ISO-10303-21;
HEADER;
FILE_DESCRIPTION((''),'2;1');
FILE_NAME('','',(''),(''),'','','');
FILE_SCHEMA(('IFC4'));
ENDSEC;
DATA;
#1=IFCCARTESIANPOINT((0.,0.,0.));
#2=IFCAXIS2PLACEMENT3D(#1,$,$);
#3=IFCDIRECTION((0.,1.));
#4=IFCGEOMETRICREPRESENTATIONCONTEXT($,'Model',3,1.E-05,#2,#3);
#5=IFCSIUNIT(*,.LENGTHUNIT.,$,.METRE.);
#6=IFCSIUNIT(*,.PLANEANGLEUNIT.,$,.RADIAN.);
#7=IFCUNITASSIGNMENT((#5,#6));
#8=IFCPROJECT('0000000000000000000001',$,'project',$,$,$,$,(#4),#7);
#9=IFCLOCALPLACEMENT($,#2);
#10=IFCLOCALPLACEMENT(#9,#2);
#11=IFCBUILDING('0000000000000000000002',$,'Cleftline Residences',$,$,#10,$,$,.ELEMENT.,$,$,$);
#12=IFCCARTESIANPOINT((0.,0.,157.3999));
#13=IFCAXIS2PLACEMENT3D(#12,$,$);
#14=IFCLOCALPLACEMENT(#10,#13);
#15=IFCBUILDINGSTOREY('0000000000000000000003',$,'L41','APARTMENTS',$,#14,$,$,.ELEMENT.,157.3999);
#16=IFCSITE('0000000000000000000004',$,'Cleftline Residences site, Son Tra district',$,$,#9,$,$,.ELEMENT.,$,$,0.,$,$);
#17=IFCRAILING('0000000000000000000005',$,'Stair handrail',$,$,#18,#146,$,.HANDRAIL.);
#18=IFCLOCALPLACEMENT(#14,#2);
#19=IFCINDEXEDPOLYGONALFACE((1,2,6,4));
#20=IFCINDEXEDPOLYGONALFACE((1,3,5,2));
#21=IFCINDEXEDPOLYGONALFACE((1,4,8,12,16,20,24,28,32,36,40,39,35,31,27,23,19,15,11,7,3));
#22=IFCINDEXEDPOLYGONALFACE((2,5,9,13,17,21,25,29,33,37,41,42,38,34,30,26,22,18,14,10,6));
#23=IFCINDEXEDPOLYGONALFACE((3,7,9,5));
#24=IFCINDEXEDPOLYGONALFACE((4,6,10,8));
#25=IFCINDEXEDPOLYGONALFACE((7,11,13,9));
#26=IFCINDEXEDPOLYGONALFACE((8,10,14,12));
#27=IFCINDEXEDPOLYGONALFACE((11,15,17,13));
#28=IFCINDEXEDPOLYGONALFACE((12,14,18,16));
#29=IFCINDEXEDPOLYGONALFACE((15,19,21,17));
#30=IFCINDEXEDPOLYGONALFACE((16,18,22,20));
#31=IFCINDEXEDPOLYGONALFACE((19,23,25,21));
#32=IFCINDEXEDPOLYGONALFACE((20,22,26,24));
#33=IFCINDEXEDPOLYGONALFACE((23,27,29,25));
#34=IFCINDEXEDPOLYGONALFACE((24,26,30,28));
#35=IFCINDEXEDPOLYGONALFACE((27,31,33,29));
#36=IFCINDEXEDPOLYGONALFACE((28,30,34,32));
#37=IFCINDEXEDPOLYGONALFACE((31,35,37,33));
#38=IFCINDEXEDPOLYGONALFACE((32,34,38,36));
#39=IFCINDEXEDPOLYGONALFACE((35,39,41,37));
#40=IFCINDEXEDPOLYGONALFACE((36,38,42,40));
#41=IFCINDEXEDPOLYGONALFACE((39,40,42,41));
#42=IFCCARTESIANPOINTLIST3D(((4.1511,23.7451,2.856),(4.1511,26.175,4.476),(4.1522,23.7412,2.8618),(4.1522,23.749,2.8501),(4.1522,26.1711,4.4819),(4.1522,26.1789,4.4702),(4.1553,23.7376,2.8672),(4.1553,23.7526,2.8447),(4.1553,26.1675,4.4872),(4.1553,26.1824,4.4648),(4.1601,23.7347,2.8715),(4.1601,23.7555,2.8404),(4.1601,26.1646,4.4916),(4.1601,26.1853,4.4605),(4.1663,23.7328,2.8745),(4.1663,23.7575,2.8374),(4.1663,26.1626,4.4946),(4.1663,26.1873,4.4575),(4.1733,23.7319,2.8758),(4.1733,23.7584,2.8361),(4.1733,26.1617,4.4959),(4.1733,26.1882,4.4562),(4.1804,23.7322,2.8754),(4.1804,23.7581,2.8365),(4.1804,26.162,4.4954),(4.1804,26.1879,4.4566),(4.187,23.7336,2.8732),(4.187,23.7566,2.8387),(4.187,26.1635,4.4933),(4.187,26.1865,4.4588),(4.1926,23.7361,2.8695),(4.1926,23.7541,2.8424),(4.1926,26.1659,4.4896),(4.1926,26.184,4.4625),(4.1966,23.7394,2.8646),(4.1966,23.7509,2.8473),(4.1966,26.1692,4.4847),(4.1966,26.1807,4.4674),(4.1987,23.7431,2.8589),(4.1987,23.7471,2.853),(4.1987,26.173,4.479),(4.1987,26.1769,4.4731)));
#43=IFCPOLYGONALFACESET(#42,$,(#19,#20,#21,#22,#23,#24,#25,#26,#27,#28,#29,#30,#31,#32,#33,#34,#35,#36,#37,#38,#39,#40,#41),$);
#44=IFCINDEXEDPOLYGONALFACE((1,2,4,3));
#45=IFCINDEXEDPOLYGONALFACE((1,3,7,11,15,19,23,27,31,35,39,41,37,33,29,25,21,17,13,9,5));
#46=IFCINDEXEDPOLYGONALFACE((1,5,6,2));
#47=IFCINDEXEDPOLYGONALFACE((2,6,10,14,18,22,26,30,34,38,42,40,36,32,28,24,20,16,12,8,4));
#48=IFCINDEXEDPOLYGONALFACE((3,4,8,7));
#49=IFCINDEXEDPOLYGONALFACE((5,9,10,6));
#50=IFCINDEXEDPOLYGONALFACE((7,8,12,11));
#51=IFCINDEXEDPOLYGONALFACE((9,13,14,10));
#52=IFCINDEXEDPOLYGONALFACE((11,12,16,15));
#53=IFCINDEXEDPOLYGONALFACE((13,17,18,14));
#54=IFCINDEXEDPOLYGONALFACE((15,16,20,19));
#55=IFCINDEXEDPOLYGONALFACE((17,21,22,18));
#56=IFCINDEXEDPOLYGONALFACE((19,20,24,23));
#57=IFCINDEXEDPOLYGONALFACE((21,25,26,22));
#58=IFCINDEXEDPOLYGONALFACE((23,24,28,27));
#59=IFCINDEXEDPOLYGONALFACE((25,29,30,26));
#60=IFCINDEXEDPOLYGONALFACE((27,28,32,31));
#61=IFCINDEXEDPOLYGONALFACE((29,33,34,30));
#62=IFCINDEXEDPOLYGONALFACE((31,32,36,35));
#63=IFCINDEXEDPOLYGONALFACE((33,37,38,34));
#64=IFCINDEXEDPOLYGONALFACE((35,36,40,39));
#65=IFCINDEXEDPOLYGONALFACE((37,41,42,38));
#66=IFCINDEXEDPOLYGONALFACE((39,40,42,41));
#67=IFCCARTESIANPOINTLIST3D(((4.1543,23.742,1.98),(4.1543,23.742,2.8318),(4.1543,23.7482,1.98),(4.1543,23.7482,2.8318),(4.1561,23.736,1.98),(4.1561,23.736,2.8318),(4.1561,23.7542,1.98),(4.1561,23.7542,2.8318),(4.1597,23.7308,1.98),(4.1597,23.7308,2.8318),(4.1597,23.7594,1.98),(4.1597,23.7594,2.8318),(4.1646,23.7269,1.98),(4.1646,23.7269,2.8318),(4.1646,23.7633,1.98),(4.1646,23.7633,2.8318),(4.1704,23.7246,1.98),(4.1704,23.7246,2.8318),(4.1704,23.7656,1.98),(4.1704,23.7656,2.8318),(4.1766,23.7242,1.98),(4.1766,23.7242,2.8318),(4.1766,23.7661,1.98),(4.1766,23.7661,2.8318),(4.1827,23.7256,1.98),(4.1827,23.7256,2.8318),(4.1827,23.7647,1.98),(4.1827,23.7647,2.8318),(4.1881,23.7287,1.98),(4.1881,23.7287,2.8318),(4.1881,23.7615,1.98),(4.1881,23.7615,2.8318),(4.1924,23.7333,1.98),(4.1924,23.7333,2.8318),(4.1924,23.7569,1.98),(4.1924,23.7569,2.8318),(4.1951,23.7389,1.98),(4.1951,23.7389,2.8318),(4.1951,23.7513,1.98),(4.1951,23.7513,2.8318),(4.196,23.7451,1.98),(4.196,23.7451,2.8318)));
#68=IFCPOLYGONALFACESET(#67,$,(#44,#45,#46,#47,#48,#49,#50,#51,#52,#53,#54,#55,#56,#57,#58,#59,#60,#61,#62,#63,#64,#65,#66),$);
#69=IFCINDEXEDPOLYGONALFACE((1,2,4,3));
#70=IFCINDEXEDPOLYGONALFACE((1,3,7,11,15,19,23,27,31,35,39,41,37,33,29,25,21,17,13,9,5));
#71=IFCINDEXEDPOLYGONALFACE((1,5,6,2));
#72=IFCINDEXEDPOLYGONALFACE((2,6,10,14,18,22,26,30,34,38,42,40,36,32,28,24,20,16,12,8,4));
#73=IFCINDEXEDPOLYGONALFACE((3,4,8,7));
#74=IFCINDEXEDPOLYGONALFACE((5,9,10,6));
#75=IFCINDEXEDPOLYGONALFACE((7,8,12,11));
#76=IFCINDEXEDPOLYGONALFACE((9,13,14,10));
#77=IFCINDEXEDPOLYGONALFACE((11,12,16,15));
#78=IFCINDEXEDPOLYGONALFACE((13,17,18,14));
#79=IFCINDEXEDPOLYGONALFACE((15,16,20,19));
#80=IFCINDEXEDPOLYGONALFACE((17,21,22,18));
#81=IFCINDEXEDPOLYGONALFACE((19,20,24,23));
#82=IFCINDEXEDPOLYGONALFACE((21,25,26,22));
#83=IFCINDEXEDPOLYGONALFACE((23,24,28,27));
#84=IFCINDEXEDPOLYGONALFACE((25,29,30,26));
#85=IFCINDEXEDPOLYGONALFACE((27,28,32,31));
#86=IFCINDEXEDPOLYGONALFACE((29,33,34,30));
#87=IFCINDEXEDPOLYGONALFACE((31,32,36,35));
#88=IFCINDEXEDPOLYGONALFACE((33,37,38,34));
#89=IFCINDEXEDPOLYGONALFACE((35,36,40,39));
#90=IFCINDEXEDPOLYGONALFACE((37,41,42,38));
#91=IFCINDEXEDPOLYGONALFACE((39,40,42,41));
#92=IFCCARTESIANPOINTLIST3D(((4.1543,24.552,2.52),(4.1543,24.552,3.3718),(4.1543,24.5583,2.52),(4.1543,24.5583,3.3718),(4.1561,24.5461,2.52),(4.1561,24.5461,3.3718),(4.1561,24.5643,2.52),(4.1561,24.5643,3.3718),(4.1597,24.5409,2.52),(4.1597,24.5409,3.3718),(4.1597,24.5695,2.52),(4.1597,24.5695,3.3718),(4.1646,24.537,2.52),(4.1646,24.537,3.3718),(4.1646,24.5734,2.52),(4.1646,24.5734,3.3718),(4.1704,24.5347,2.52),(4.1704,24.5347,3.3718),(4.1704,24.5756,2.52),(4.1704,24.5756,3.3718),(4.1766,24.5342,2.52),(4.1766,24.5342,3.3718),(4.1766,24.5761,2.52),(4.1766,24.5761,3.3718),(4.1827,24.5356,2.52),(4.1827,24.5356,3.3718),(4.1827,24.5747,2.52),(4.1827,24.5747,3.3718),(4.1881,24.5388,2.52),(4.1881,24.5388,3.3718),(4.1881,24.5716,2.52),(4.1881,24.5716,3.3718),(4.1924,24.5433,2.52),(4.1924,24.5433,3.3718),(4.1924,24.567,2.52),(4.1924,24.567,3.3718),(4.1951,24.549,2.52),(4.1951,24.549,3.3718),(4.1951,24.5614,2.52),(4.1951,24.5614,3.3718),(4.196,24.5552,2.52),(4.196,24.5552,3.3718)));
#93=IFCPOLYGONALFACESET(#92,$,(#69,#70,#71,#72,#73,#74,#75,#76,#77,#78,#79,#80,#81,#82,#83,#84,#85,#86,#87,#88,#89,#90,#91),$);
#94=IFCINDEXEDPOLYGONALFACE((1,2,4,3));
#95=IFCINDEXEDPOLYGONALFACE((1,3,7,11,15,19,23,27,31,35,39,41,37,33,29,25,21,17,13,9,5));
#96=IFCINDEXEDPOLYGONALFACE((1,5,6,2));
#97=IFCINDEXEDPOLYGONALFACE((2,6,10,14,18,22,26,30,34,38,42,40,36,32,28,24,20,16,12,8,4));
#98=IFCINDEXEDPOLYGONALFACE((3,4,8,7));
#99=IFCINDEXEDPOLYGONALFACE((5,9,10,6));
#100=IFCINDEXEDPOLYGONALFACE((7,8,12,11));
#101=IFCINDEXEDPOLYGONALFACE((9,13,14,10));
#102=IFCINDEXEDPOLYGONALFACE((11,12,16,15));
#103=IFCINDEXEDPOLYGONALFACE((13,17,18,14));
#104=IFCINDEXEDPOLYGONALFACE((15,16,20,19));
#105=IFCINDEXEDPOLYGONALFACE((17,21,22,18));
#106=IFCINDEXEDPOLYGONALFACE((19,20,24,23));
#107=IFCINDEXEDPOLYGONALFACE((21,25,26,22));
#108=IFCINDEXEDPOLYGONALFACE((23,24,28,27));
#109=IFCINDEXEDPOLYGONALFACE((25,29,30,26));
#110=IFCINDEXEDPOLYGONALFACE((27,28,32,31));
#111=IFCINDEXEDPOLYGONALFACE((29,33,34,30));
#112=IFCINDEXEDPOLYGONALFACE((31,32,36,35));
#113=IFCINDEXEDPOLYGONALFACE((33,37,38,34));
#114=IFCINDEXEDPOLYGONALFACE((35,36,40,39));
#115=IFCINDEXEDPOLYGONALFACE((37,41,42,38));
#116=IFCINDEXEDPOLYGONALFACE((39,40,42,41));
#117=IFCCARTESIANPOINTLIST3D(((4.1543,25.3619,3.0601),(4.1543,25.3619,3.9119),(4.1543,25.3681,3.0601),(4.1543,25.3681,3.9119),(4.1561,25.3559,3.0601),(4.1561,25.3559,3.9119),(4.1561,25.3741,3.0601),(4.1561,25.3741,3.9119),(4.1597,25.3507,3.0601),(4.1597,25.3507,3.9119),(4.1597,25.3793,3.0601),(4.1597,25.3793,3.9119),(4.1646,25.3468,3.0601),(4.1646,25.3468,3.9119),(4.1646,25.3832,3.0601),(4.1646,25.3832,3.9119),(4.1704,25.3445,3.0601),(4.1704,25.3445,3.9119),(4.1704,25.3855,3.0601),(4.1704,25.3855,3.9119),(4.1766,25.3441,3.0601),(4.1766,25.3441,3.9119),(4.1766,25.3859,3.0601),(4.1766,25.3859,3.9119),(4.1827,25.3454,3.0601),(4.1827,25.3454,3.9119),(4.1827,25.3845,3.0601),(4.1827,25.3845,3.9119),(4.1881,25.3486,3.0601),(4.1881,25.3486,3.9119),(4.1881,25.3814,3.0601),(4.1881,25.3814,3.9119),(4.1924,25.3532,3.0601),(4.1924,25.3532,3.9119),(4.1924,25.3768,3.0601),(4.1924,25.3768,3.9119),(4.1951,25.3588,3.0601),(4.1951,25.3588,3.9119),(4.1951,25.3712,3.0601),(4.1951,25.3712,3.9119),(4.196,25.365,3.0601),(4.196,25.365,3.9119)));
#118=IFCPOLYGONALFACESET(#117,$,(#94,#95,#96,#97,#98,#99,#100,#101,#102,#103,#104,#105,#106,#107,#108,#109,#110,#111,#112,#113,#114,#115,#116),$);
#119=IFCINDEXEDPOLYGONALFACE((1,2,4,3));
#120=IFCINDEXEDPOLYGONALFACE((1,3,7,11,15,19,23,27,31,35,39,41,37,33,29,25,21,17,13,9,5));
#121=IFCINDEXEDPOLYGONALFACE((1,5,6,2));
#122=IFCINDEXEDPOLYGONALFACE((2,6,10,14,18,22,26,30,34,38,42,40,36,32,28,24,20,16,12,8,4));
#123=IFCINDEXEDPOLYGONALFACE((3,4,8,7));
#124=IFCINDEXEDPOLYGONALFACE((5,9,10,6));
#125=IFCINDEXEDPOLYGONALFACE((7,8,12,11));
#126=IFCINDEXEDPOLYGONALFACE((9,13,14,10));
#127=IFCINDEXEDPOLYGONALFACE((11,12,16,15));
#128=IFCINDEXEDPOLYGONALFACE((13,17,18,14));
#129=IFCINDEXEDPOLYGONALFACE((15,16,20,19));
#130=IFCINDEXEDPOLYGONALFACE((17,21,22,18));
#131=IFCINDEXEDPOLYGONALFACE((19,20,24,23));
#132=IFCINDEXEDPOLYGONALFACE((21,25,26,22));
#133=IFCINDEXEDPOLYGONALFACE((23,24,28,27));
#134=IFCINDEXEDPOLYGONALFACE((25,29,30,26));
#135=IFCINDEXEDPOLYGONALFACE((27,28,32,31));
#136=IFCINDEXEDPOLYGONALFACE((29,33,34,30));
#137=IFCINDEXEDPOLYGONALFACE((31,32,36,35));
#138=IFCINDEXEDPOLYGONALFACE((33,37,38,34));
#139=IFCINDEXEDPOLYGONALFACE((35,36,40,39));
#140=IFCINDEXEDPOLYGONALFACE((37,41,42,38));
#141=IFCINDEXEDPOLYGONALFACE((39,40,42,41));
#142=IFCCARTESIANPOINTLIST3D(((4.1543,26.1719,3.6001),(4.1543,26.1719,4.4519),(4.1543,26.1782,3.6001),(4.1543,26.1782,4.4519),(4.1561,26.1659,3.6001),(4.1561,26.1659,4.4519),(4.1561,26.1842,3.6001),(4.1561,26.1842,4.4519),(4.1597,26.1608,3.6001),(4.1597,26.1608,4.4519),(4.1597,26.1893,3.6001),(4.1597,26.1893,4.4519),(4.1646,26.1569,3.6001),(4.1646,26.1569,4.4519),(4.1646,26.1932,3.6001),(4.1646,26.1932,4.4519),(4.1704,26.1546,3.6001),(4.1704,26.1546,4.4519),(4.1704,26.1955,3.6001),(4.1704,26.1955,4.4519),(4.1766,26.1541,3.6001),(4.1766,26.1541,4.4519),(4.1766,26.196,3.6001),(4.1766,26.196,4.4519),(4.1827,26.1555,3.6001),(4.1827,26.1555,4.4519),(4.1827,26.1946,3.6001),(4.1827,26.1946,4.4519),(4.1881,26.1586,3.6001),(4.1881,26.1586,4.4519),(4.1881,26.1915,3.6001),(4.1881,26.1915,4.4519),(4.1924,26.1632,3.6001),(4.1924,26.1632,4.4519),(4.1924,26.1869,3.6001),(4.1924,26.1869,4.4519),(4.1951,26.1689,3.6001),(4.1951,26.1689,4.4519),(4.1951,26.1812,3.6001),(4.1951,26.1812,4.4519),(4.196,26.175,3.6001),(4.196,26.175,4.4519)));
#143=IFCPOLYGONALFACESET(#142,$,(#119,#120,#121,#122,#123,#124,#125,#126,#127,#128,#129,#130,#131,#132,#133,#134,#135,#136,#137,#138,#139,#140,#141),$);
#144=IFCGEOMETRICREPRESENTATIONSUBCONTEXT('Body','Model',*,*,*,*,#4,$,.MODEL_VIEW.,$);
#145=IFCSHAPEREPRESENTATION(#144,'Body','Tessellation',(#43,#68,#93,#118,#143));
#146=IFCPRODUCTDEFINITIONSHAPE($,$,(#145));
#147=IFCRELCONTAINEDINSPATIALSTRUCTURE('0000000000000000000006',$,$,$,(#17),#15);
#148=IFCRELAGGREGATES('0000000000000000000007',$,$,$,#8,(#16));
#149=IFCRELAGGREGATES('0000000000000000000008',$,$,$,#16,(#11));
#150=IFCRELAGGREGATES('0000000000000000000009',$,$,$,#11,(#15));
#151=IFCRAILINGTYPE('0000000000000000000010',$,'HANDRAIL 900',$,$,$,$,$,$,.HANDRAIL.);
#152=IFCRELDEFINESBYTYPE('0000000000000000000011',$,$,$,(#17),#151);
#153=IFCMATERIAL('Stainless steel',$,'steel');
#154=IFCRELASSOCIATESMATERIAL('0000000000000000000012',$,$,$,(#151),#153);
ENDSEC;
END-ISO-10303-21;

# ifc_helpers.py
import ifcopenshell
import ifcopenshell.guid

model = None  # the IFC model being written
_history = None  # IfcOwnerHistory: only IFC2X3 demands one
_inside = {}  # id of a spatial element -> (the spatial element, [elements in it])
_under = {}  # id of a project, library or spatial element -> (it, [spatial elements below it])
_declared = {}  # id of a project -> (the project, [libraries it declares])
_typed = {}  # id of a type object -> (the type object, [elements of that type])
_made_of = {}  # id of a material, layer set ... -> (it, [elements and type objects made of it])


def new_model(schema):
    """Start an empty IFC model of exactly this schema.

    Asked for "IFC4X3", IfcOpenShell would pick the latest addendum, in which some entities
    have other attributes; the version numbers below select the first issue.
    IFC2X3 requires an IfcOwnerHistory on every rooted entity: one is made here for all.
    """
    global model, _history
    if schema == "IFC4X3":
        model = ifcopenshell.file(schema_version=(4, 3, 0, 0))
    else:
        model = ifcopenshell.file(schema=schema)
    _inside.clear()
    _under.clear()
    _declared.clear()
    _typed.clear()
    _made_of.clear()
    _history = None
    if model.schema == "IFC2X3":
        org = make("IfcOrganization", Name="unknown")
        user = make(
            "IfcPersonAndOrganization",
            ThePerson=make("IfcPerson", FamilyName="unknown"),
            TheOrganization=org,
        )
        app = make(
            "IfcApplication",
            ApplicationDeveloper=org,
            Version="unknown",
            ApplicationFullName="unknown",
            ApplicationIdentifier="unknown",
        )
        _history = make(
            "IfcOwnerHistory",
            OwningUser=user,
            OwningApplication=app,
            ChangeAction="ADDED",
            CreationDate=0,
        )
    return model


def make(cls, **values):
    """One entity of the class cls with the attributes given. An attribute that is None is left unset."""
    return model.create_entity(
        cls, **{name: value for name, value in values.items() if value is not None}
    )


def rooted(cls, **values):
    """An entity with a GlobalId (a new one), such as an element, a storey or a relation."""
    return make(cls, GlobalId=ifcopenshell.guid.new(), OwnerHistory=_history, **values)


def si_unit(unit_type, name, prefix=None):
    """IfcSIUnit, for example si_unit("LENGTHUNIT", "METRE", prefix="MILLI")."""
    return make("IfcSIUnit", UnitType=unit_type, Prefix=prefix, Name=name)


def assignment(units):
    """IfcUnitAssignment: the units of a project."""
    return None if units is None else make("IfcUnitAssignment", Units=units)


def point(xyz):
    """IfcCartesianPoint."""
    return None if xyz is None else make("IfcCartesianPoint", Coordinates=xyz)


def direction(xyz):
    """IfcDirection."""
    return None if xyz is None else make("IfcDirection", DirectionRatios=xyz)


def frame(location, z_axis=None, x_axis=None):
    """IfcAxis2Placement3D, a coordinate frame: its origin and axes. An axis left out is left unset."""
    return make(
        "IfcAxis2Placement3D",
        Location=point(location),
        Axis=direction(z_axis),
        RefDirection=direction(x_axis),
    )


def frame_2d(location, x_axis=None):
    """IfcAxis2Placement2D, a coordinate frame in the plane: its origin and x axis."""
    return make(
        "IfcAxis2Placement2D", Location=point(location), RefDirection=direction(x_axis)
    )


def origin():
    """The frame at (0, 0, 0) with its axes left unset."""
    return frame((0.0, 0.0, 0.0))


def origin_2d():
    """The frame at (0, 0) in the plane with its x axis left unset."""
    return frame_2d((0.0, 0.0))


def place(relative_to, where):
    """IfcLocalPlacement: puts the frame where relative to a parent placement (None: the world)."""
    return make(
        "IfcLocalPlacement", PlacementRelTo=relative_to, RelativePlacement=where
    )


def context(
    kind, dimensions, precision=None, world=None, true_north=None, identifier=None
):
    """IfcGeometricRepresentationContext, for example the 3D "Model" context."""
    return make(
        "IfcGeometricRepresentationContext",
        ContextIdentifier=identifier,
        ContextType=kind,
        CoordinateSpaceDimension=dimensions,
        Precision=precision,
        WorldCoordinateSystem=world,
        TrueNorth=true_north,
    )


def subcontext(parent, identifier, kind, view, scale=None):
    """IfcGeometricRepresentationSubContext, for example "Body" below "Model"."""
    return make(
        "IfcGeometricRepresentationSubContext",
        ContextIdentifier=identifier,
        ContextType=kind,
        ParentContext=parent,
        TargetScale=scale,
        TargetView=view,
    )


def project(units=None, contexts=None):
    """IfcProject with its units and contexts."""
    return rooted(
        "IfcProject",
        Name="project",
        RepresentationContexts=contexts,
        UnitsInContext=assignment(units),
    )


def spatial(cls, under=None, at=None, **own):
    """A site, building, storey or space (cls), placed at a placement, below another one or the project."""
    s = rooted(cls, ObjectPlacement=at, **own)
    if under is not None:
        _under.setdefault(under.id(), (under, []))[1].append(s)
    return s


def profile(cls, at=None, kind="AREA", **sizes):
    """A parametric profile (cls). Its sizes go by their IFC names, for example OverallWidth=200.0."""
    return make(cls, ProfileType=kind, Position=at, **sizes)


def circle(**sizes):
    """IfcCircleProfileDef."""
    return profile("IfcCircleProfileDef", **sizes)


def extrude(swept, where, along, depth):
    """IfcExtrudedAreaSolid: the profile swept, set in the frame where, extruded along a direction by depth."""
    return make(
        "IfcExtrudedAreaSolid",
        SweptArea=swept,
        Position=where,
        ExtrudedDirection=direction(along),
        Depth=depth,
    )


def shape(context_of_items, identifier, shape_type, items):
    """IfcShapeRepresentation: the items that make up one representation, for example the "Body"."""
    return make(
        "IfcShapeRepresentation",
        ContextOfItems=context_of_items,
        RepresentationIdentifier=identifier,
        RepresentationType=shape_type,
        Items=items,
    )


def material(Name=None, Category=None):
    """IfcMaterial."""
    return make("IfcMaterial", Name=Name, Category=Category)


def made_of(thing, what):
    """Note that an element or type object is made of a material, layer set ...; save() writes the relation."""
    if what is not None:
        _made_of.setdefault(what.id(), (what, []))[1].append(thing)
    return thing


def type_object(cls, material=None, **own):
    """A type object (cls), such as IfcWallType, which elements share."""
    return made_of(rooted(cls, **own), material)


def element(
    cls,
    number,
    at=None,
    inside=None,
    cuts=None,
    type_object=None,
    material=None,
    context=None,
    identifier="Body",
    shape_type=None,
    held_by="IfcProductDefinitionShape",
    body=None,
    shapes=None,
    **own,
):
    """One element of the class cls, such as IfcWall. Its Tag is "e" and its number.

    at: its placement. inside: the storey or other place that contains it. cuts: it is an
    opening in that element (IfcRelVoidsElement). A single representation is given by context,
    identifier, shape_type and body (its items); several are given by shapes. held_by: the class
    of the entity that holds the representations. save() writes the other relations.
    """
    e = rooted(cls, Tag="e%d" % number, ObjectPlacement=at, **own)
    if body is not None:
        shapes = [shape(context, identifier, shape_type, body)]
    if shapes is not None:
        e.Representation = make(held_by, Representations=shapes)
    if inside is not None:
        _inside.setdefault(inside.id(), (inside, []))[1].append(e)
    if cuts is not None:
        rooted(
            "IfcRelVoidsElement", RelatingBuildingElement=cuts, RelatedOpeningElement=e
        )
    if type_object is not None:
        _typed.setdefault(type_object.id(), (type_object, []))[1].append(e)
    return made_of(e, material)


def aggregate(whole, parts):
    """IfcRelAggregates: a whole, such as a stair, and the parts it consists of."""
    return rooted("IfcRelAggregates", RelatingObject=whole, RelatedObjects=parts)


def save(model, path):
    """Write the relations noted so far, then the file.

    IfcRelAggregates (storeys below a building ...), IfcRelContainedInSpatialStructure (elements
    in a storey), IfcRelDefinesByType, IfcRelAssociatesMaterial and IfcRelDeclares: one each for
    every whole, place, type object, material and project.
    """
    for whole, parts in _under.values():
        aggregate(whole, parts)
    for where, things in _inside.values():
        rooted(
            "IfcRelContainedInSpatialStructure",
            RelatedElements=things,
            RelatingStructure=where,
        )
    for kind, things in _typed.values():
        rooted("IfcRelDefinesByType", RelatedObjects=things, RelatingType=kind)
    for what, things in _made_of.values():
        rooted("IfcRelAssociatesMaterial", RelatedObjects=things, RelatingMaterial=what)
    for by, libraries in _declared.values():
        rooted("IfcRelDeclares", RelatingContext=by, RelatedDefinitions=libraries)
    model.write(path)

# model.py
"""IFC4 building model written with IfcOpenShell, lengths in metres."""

from ifc_helpers import new_model, si_unit, direction, frame, origin, origin_2d, place, context, subcontext, project, spatial, circle, extrude, material, type_object, element, save


model = new_model("IFC4")

# Units and contexts
model_context = context("Model", 3, precision=1e-05, world=origin(), true_north=direction((0.0, 1.0)))
body_context = subcontext(model_context, "Body", "Model", "MODEL_VIEW")
ifc_project = project(units=[si_unit("LENGTHUNIT", "METRE"), si_unit("PLANEANGLEUNIT", "RADIAN")], contexts=[model_context])

# Site, building, storey
site_placement = place(None, origin())
site = spatial("IfcSite", under=ifc_project, at=site_placement, Name="Cleftline Residences site, Son Tra district", CompositionType="ELEMENT", RefElevation=0.0)
building_placement = place(site_placement, origin())
building = spatial("IfcBuilding", under=site, at=building_placement, Name="Cleftline Residences", CompositionType="ELEMENT")
storey_placement = place(building_placement, frame((0.0, 0.0, 157.3999)))
storey = spatial("IfcBuildingStorey", under=building, at=storey_placement, Name="L41", Description="APARTMENTS", CompositionType="ELEMENT", Elevation=157.3999)

# Railing
ifc_material_1 = material(Name="Stainless steel", Category="steel")
railing_type = type_object("IfcRailingType", Name="HANDRAIL 900", PredefinedType="HANDRAIL", material=ifc_material_1)
railing_1_placement = place(storey_placement, frame((4.175, 23.7451, 1.98)))
element("IfcRailing", 1, at=railing_1_placement, inside=storey, type_object=railing_type, Name="Stair handrail", PredefinedType="HANDRAIL", context=body_context, shape_type="SweptSolid", body=[
    extrude(circle(Radius=0.0239, at=origin_2d()), frame((0.0, 0.0, 0.876), z_axis=(0.0, 0.832025, 0.554739), x_axis=(-1.0, 0.0, 0.0)), (0.0, 0.0, 1.0), 2.9204),
    extrude(circle(Radius=0.021, at=origin_2d()), origin(), (0.0, 0.0, 1.0), 0.8518),
    extrude(circle(Radius=0.021, at=origin_2d()), frame((0.0, 0.8101, 0.54)), (0.0, 0.0, 1.0), 0.8518),
    extrude(circle(Radius=0.021, at=origin_2d()), frame((0.0, 1.6199, 1.0801)), (0.0, 0.0, 1.0), 0.8518),
    extrude(circle(Radius=0.021, at=origin_2d()), frame((0.0, 2.4299, 1.6201)), (0.0, 0.0, 1.0), 0.8518),
])

save(model, "model.ifc")
